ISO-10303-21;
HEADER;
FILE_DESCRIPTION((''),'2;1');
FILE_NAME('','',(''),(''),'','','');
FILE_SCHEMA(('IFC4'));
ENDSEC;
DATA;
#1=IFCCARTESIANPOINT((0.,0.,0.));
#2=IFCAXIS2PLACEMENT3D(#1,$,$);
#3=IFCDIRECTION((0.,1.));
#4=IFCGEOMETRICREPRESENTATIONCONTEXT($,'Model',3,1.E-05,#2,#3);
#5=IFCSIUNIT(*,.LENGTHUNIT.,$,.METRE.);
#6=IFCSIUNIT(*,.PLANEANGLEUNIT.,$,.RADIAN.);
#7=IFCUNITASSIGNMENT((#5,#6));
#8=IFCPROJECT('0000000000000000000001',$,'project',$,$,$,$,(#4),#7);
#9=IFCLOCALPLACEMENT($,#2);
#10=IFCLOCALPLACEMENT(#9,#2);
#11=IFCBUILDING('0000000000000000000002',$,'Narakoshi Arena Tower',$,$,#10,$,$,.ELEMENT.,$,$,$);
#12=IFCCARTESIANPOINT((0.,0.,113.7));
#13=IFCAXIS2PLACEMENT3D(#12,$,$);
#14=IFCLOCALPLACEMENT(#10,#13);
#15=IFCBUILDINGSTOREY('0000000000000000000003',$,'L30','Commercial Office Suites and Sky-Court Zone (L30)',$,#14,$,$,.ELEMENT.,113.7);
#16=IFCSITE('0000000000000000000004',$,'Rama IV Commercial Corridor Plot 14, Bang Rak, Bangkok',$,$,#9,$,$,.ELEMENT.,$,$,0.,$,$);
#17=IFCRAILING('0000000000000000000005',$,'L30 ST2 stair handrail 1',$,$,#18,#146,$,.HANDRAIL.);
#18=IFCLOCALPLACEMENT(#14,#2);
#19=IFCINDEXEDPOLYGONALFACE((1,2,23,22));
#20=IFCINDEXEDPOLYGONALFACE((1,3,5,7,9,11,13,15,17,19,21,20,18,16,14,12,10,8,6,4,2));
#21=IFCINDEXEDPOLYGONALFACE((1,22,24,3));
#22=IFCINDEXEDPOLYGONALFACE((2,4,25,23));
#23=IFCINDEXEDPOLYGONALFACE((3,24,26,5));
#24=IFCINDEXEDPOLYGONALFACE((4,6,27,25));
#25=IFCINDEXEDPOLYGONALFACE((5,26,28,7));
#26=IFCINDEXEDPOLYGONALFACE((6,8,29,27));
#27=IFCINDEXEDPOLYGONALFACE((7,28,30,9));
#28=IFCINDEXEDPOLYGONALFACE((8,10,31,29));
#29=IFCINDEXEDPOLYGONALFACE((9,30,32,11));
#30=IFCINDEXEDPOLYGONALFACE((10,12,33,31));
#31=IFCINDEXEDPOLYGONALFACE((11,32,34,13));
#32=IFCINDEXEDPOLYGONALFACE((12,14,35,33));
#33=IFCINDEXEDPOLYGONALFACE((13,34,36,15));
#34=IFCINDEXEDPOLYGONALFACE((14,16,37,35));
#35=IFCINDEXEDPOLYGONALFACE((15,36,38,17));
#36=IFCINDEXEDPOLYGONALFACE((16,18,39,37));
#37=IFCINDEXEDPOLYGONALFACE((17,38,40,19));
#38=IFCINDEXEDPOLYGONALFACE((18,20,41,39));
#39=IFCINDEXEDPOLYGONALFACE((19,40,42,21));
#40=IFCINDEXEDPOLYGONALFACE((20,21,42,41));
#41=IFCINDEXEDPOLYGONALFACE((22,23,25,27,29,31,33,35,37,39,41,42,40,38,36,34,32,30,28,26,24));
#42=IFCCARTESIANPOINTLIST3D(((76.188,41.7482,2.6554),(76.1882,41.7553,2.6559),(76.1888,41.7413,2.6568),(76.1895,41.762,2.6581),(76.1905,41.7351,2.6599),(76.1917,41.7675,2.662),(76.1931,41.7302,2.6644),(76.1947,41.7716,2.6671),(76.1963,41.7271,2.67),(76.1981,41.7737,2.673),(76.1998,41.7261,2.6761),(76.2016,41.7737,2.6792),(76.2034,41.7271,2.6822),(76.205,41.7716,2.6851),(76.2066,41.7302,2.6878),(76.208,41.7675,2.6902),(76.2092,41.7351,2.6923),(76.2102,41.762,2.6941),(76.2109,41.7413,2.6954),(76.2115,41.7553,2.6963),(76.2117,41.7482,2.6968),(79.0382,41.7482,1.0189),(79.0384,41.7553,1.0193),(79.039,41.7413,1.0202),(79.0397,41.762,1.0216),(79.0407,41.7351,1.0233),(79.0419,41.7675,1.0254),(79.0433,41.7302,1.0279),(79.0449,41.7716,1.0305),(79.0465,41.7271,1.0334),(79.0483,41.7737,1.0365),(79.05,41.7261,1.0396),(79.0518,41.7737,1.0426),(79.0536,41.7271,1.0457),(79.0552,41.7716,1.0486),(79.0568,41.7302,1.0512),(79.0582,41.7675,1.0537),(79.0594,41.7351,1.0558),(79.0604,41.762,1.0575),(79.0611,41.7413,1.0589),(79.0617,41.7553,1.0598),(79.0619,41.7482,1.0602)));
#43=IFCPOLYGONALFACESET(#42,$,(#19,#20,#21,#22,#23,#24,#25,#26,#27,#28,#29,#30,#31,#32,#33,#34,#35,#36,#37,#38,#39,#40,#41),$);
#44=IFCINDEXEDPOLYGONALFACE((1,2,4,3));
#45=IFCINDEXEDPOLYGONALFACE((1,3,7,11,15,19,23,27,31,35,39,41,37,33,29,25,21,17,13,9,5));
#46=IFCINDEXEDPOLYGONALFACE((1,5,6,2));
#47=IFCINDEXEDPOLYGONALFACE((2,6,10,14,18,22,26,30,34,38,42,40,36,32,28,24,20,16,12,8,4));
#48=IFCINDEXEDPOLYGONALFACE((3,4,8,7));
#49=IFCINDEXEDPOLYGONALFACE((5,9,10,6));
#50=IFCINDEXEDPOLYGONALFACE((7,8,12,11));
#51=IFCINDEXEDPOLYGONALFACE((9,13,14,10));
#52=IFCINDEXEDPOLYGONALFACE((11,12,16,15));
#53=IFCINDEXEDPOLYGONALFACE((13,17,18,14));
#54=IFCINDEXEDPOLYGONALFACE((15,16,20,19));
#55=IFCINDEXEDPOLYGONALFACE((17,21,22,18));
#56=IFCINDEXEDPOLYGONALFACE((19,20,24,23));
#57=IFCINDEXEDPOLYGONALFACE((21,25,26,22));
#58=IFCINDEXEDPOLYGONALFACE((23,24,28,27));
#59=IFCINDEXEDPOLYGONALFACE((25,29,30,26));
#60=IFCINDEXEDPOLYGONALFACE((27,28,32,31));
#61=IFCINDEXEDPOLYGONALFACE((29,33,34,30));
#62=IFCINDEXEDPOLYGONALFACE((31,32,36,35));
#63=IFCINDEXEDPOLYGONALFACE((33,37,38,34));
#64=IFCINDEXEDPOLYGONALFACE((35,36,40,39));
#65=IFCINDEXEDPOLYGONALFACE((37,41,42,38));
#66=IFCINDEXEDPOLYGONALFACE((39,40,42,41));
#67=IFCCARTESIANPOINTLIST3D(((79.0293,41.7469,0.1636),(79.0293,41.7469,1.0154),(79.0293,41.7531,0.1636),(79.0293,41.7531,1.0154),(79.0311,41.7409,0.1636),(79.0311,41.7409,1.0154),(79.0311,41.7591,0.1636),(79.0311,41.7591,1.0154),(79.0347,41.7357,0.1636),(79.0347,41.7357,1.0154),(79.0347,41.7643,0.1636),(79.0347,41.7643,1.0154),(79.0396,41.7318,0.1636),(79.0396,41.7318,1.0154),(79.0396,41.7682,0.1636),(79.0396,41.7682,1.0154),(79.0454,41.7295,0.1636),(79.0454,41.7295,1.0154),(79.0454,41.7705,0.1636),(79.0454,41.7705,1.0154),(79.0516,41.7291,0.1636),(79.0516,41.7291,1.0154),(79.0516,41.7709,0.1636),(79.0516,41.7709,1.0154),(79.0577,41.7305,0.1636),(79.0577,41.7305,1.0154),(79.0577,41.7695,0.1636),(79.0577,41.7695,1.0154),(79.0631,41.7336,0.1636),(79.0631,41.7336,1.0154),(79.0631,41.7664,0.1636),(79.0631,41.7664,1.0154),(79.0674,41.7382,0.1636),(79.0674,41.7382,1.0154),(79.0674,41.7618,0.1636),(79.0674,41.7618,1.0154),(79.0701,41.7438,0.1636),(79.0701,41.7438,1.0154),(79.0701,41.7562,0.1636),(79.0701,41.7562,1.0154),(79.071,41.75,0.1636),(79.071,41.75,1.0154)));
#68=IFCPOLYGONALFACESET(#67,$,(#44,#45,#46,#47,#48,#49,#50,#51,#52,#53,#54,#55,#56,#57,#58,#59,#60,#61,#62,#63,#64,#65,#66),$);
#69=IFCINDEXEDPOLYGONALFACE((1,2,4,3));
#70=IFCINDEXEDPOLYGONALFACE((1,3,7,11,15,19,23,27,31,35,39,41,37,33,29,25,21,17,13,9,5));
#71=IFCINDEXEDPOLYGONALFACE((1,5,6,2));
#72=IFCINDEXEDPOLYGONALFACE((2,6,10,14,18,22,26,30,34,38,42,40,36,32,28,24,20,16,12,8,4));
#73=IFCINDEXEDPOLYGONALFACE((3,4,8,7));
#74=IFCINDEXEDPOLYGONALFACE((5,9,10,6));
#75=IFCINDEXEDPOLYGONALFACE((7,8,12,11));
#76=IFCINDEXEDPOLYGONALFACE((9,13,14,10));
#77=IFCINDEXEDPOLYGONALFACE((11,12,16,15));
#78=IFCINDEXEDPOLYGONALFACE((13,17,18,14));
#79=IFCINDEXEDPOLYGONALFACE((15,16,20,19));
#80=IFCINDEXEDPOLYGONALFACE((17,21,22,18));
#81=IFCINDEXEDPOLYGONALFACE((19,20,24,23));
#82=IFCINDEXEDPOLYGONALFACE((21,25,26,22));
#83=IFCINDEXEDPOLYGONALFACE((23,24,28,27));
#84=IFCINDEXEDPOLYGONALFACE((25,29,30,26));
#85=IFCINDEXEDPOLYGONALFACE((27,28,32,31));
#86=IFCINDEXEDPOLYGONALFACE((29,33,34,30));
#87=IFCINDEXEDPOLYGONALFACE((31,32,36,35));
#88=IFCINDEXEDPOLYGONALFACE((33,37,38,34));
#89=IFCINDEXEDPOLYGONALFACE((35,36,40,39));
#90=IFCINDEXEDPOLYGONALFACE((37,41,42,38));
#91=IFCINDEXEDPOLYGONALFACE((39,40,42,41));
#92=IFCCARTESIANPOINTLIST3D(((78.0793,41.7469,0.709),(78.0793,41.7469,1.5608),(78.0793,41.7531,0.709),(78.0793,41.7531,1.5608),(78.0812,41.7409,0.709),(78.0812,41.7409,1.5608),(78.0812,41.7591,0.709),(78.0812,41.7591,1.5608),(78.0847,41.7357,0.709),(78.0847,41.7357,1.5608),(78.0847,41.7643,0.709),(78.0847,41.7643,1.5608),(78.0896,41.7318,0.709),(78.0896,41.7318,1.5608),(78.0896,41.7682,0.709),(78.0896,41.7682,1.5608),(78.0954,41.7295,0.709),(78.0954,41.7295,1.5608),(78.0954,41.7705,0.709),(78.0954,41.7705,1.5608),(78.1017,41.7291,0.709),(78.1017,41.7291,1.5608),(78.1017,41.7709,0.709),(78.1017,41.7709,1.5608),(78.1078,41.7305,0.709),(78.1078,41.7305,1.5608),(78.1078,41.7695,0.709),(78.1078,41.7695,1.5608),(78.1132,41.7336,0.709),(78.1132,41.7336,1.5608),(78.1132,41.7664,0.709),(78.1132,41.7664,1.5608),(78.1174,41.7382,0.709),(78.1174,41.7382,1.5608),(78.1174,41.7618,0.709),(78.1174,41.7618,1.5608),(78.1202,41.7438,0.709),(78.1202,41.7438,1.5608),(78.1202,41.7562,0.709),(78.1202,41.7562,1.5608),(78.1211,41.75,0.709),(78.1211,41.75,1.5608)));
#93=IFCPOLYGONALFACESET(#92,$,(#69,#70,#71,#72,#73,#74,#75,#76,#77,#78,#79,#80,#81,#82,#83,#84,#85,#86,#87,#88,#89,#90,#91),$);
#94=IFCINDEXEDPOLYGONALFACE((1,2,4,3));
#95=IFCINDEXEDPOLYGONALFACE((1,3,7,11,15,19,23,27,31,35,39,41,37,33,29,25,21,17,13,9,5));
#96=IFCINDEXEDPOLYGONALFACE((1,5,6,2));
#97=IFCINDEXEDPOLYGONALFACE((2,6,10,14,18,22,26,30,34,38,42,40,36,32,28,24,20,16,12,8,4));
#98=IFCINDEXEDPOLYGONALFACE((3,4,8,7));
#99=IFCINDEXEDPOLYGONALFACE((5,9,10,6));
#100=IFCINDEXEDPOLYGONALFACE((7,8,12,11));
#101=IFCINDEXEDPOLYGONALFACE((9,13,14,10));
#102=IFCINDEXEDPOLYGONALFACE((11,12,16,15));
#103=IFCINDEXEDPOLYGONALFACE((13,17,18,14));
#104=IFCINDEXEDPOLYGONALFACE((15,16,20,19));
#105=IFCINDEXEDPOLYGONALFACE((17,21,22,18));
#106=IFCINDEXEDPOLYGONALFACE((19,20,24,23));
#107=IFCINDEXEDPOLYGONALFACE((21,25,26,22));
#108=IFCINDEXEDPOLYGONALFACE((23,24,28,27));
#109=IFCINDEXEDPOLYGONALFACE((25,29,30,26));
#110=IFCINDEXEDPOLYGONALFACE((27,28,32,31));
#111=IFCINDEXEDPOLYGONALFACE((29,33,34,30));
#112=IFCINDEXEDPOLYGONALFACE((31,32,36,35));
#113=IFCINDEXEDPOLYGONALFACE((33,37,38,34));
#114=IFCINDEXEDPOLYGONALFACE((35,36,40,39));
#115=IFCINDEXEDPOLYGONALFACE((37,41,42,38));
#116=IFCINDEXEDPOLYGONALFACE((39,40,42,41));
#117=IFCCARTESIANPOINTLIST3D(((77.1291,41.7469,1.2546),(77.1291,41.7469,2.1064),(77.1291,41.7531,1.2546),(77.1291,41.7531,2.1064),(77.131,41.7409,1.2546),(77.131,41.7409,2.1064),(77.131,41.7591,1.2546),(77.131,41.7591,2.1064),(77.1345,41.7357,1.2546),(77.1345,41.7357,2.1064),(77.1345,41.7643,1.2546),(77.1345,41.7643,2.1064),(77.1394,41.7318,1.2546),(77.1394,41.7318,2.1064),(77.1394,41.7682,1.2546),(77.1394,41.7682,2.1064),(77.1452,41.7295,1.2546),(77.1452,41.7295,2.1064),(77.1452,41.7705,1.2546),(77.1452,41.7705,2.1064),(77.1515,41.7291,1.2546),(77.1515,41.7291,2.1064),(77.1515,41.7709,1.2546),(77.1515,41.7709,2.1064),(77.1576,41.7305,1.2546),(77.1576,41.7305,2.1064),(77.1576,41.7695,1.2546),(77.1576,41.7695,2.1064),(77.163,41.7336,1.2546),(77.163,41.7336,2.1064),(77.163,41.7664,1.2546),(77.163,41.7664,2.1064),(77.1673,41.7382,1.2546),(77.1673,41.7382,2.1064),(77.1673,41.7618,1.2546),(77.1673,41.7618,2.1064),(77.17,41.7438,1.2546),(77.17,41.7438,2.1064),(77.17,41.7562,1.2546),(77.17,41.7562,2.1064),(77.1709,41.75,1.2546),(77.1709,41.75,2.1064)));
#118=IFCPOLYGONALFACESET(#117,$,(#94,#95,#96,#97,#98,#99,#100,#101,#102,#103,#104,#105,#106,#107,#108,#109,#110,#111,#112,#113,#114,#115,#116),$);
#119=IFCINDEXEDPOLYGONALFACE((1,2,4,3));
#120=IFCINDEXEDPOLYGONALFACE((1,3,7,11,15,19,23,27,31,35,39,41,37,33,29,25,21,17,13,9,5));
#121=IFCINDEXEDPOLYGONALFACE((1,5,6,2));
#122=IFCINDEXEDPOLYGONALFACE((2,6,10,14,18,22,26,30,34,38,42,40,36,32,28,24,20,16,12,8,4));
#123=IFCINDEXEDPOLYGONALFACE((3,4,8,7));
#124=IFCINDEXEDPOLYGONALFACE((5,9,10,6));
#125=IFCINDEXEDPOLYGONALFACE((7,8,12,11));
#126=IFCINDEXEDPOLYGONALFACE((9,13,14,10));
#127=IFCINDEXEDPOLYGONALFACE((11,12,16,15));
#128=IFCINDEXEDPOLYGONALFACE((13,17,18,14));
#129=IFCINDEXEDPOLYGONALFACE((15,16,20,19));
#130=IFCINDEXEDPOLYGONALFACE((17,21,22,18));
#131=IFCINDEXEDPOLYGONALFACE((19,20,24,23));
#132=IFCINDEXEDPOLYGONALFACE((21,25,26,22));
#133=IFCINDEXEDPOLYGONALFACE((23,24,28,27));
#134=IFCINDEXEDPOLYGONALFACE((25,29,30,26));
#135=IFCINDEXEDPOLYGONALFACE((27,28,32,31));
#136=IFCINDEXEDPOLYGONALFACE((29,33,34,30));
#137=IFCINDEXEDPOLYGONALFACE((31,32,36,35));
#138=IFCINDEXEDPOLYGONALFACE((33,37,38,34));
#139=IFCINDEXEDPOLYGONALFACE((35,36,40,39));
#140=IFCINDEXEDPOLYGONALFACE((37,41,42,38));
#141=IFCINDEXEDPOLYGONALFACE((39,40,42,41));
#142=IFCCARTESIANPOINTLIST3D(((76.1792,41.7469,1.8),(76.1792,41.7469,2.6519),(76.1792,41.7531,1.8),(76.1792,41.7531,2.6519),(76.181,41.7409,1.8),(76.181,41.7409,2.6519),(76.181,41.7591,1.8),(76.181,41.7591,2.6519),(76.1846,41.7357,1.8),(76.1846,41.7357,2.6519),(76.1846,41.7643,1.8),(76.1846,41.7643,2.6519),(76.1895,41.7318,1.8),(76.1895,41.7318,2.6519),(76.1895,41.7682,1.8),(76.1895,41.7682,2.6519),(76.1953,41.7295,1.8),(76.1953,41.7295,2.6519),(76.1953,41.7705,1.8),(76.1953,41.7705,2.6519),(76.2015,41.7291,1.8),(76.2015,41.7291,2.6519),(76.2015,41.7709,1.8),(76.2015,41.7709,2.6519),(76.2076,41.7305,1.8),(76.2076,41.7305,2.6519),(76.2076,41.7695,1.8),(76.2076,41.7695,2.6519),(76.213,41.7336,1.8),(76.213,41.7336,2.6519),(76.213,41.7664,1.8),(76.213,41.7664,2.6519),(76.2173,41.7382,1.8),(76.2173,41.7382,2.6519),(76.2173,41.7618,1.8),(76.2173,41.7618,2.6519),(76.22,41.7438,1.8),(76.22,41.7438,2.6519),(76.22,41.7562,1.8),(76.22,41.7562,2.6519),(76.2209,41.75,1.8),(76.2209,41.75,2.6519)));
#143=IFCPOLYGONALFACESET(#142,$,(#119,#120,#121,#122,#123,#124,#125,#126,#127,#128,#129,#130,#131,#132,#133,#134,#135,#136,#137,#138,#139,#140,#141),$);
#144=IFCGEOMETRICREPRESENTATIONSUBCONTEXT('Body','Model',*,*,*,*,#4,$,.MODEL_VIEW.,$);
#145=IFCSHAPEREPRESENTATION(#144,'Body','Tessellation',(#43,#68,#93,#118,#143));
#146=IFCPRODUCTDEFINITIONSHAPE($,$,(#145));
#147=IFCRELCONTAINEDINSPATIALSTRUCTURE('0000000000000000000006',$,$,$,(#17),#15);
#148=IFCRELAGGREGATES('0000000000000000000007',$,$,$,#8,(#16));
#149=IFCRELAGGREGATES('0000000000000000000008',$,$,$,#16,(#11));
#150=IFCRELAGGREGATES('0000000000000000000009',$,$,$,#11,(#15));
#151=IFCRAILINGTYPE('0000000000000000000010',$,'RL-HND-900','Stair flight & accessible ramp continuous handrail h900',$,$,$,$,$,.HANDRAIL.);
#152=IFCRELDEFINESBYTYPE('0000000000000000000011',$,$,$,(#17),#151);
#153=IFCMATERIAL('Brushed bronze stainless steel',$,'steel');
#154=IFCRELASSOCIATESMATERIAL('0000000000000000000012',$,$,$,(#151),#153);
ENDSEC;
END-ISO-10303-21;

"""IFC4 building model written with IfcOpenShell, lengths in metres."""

from ifc_helpers import new_model, si_unit, direction, frame, origin, origin_2d, place, context, subcontext, project, spatial, circle, extrude, material, type_object, element, save


model = new_model("IFC4")

# Units and contexts
model_context = context("Model", 3, precision=1e-05, world=origin(), true_north=direction((0.0, 1.0)))
body_context = subcontext(model_context, "Body", "Model", "MODEL_VIEW")
ifc_project = project(units=[si_unit("LENGTHUNIT", "METRE"), si_unit("PLANEANGLEUNIT", "RADIAN")], contexts=[model_context])

# Site, building, storey
site_placement = place(None, origin())
site = spatial("IfcSite", under=ifc_project, at=site_placement, Name="Rama IV Commercial Corridor Plot 14, Bang Rak, Bangkok", CompositionType="ELEMENT", RefElevation=0.0)
building_placement = place(site_placement, origin())
building = spatial("IfcBuilding", under=site, at=building_placement, Name="Narakoshi Arena Tower", CompositionType="ELEMENT")
storey_placement = place(building_placement, frame((0.0, 0.0, 113.7)))
storey = spatial("IfcBuildingStorey", under=building, at=storey_placement, Name="L30", Description="Commercial Office Suites and Sky-Court Zone (L30)", CompositionType="ELEMENT", Elevation=113.7)

# Shared definitions
ifc_material_1 = material(Name="Brushed bronze stainless steel", Category="steel")

# Railing
railing_type_1 = type_object("IfcRailingType", Name="RL-HND-900", Description="Stair flight & accessible ramp continuous handrail h900", PredefinedType="HANDRAIL", material=ifc_material_1)
for number, where, name in (
    (1, (79.05, 41.75, 0.1636), "L30 ST2 stair handrail 1"),
):
    element("IfcRailing", number, at=place(storey_placement, frame(where)), inside=storey, type_object=railing_type_1, Name=name, PredefinedType="HANDRAIL", context=body_context, shape_type="SweptSolid", body=[
        extrude(circle(Radius=0.0239, at=origin_2d()), frame((0.0, 0.0, 0.876), z_axis=(-0.867213, 0.0, 0.497938), x_axis=(0.0, -1.0, 0.0)), (0.0, 0.0, 1.0), 3.2866),
        extrude(circle(Radius=0.021, at=origin_2d()), origin(), (0.0, 0.0, 1.0), 0.8518),
        extrude(circle(Radius=0.021, at=origin_2d()), frame((-0.95, 0.0, 0.5454)), (0.0, 0.0, 1.0), 0.8518),
        extrude(circle(Radius=0.021, at=origin_2d()), frame((-1.9001, 0.0, 1.0911)), (0.0, 0.0, 1.0), 0.8518),
        extrude(circle(Radius=0.021, at=origin_2d()), frame((-2.8501, 0.0, 1.6365)), (0.0, 0.0, 1.0), 0.8518),
    ])

save(model, "model.ifc")
